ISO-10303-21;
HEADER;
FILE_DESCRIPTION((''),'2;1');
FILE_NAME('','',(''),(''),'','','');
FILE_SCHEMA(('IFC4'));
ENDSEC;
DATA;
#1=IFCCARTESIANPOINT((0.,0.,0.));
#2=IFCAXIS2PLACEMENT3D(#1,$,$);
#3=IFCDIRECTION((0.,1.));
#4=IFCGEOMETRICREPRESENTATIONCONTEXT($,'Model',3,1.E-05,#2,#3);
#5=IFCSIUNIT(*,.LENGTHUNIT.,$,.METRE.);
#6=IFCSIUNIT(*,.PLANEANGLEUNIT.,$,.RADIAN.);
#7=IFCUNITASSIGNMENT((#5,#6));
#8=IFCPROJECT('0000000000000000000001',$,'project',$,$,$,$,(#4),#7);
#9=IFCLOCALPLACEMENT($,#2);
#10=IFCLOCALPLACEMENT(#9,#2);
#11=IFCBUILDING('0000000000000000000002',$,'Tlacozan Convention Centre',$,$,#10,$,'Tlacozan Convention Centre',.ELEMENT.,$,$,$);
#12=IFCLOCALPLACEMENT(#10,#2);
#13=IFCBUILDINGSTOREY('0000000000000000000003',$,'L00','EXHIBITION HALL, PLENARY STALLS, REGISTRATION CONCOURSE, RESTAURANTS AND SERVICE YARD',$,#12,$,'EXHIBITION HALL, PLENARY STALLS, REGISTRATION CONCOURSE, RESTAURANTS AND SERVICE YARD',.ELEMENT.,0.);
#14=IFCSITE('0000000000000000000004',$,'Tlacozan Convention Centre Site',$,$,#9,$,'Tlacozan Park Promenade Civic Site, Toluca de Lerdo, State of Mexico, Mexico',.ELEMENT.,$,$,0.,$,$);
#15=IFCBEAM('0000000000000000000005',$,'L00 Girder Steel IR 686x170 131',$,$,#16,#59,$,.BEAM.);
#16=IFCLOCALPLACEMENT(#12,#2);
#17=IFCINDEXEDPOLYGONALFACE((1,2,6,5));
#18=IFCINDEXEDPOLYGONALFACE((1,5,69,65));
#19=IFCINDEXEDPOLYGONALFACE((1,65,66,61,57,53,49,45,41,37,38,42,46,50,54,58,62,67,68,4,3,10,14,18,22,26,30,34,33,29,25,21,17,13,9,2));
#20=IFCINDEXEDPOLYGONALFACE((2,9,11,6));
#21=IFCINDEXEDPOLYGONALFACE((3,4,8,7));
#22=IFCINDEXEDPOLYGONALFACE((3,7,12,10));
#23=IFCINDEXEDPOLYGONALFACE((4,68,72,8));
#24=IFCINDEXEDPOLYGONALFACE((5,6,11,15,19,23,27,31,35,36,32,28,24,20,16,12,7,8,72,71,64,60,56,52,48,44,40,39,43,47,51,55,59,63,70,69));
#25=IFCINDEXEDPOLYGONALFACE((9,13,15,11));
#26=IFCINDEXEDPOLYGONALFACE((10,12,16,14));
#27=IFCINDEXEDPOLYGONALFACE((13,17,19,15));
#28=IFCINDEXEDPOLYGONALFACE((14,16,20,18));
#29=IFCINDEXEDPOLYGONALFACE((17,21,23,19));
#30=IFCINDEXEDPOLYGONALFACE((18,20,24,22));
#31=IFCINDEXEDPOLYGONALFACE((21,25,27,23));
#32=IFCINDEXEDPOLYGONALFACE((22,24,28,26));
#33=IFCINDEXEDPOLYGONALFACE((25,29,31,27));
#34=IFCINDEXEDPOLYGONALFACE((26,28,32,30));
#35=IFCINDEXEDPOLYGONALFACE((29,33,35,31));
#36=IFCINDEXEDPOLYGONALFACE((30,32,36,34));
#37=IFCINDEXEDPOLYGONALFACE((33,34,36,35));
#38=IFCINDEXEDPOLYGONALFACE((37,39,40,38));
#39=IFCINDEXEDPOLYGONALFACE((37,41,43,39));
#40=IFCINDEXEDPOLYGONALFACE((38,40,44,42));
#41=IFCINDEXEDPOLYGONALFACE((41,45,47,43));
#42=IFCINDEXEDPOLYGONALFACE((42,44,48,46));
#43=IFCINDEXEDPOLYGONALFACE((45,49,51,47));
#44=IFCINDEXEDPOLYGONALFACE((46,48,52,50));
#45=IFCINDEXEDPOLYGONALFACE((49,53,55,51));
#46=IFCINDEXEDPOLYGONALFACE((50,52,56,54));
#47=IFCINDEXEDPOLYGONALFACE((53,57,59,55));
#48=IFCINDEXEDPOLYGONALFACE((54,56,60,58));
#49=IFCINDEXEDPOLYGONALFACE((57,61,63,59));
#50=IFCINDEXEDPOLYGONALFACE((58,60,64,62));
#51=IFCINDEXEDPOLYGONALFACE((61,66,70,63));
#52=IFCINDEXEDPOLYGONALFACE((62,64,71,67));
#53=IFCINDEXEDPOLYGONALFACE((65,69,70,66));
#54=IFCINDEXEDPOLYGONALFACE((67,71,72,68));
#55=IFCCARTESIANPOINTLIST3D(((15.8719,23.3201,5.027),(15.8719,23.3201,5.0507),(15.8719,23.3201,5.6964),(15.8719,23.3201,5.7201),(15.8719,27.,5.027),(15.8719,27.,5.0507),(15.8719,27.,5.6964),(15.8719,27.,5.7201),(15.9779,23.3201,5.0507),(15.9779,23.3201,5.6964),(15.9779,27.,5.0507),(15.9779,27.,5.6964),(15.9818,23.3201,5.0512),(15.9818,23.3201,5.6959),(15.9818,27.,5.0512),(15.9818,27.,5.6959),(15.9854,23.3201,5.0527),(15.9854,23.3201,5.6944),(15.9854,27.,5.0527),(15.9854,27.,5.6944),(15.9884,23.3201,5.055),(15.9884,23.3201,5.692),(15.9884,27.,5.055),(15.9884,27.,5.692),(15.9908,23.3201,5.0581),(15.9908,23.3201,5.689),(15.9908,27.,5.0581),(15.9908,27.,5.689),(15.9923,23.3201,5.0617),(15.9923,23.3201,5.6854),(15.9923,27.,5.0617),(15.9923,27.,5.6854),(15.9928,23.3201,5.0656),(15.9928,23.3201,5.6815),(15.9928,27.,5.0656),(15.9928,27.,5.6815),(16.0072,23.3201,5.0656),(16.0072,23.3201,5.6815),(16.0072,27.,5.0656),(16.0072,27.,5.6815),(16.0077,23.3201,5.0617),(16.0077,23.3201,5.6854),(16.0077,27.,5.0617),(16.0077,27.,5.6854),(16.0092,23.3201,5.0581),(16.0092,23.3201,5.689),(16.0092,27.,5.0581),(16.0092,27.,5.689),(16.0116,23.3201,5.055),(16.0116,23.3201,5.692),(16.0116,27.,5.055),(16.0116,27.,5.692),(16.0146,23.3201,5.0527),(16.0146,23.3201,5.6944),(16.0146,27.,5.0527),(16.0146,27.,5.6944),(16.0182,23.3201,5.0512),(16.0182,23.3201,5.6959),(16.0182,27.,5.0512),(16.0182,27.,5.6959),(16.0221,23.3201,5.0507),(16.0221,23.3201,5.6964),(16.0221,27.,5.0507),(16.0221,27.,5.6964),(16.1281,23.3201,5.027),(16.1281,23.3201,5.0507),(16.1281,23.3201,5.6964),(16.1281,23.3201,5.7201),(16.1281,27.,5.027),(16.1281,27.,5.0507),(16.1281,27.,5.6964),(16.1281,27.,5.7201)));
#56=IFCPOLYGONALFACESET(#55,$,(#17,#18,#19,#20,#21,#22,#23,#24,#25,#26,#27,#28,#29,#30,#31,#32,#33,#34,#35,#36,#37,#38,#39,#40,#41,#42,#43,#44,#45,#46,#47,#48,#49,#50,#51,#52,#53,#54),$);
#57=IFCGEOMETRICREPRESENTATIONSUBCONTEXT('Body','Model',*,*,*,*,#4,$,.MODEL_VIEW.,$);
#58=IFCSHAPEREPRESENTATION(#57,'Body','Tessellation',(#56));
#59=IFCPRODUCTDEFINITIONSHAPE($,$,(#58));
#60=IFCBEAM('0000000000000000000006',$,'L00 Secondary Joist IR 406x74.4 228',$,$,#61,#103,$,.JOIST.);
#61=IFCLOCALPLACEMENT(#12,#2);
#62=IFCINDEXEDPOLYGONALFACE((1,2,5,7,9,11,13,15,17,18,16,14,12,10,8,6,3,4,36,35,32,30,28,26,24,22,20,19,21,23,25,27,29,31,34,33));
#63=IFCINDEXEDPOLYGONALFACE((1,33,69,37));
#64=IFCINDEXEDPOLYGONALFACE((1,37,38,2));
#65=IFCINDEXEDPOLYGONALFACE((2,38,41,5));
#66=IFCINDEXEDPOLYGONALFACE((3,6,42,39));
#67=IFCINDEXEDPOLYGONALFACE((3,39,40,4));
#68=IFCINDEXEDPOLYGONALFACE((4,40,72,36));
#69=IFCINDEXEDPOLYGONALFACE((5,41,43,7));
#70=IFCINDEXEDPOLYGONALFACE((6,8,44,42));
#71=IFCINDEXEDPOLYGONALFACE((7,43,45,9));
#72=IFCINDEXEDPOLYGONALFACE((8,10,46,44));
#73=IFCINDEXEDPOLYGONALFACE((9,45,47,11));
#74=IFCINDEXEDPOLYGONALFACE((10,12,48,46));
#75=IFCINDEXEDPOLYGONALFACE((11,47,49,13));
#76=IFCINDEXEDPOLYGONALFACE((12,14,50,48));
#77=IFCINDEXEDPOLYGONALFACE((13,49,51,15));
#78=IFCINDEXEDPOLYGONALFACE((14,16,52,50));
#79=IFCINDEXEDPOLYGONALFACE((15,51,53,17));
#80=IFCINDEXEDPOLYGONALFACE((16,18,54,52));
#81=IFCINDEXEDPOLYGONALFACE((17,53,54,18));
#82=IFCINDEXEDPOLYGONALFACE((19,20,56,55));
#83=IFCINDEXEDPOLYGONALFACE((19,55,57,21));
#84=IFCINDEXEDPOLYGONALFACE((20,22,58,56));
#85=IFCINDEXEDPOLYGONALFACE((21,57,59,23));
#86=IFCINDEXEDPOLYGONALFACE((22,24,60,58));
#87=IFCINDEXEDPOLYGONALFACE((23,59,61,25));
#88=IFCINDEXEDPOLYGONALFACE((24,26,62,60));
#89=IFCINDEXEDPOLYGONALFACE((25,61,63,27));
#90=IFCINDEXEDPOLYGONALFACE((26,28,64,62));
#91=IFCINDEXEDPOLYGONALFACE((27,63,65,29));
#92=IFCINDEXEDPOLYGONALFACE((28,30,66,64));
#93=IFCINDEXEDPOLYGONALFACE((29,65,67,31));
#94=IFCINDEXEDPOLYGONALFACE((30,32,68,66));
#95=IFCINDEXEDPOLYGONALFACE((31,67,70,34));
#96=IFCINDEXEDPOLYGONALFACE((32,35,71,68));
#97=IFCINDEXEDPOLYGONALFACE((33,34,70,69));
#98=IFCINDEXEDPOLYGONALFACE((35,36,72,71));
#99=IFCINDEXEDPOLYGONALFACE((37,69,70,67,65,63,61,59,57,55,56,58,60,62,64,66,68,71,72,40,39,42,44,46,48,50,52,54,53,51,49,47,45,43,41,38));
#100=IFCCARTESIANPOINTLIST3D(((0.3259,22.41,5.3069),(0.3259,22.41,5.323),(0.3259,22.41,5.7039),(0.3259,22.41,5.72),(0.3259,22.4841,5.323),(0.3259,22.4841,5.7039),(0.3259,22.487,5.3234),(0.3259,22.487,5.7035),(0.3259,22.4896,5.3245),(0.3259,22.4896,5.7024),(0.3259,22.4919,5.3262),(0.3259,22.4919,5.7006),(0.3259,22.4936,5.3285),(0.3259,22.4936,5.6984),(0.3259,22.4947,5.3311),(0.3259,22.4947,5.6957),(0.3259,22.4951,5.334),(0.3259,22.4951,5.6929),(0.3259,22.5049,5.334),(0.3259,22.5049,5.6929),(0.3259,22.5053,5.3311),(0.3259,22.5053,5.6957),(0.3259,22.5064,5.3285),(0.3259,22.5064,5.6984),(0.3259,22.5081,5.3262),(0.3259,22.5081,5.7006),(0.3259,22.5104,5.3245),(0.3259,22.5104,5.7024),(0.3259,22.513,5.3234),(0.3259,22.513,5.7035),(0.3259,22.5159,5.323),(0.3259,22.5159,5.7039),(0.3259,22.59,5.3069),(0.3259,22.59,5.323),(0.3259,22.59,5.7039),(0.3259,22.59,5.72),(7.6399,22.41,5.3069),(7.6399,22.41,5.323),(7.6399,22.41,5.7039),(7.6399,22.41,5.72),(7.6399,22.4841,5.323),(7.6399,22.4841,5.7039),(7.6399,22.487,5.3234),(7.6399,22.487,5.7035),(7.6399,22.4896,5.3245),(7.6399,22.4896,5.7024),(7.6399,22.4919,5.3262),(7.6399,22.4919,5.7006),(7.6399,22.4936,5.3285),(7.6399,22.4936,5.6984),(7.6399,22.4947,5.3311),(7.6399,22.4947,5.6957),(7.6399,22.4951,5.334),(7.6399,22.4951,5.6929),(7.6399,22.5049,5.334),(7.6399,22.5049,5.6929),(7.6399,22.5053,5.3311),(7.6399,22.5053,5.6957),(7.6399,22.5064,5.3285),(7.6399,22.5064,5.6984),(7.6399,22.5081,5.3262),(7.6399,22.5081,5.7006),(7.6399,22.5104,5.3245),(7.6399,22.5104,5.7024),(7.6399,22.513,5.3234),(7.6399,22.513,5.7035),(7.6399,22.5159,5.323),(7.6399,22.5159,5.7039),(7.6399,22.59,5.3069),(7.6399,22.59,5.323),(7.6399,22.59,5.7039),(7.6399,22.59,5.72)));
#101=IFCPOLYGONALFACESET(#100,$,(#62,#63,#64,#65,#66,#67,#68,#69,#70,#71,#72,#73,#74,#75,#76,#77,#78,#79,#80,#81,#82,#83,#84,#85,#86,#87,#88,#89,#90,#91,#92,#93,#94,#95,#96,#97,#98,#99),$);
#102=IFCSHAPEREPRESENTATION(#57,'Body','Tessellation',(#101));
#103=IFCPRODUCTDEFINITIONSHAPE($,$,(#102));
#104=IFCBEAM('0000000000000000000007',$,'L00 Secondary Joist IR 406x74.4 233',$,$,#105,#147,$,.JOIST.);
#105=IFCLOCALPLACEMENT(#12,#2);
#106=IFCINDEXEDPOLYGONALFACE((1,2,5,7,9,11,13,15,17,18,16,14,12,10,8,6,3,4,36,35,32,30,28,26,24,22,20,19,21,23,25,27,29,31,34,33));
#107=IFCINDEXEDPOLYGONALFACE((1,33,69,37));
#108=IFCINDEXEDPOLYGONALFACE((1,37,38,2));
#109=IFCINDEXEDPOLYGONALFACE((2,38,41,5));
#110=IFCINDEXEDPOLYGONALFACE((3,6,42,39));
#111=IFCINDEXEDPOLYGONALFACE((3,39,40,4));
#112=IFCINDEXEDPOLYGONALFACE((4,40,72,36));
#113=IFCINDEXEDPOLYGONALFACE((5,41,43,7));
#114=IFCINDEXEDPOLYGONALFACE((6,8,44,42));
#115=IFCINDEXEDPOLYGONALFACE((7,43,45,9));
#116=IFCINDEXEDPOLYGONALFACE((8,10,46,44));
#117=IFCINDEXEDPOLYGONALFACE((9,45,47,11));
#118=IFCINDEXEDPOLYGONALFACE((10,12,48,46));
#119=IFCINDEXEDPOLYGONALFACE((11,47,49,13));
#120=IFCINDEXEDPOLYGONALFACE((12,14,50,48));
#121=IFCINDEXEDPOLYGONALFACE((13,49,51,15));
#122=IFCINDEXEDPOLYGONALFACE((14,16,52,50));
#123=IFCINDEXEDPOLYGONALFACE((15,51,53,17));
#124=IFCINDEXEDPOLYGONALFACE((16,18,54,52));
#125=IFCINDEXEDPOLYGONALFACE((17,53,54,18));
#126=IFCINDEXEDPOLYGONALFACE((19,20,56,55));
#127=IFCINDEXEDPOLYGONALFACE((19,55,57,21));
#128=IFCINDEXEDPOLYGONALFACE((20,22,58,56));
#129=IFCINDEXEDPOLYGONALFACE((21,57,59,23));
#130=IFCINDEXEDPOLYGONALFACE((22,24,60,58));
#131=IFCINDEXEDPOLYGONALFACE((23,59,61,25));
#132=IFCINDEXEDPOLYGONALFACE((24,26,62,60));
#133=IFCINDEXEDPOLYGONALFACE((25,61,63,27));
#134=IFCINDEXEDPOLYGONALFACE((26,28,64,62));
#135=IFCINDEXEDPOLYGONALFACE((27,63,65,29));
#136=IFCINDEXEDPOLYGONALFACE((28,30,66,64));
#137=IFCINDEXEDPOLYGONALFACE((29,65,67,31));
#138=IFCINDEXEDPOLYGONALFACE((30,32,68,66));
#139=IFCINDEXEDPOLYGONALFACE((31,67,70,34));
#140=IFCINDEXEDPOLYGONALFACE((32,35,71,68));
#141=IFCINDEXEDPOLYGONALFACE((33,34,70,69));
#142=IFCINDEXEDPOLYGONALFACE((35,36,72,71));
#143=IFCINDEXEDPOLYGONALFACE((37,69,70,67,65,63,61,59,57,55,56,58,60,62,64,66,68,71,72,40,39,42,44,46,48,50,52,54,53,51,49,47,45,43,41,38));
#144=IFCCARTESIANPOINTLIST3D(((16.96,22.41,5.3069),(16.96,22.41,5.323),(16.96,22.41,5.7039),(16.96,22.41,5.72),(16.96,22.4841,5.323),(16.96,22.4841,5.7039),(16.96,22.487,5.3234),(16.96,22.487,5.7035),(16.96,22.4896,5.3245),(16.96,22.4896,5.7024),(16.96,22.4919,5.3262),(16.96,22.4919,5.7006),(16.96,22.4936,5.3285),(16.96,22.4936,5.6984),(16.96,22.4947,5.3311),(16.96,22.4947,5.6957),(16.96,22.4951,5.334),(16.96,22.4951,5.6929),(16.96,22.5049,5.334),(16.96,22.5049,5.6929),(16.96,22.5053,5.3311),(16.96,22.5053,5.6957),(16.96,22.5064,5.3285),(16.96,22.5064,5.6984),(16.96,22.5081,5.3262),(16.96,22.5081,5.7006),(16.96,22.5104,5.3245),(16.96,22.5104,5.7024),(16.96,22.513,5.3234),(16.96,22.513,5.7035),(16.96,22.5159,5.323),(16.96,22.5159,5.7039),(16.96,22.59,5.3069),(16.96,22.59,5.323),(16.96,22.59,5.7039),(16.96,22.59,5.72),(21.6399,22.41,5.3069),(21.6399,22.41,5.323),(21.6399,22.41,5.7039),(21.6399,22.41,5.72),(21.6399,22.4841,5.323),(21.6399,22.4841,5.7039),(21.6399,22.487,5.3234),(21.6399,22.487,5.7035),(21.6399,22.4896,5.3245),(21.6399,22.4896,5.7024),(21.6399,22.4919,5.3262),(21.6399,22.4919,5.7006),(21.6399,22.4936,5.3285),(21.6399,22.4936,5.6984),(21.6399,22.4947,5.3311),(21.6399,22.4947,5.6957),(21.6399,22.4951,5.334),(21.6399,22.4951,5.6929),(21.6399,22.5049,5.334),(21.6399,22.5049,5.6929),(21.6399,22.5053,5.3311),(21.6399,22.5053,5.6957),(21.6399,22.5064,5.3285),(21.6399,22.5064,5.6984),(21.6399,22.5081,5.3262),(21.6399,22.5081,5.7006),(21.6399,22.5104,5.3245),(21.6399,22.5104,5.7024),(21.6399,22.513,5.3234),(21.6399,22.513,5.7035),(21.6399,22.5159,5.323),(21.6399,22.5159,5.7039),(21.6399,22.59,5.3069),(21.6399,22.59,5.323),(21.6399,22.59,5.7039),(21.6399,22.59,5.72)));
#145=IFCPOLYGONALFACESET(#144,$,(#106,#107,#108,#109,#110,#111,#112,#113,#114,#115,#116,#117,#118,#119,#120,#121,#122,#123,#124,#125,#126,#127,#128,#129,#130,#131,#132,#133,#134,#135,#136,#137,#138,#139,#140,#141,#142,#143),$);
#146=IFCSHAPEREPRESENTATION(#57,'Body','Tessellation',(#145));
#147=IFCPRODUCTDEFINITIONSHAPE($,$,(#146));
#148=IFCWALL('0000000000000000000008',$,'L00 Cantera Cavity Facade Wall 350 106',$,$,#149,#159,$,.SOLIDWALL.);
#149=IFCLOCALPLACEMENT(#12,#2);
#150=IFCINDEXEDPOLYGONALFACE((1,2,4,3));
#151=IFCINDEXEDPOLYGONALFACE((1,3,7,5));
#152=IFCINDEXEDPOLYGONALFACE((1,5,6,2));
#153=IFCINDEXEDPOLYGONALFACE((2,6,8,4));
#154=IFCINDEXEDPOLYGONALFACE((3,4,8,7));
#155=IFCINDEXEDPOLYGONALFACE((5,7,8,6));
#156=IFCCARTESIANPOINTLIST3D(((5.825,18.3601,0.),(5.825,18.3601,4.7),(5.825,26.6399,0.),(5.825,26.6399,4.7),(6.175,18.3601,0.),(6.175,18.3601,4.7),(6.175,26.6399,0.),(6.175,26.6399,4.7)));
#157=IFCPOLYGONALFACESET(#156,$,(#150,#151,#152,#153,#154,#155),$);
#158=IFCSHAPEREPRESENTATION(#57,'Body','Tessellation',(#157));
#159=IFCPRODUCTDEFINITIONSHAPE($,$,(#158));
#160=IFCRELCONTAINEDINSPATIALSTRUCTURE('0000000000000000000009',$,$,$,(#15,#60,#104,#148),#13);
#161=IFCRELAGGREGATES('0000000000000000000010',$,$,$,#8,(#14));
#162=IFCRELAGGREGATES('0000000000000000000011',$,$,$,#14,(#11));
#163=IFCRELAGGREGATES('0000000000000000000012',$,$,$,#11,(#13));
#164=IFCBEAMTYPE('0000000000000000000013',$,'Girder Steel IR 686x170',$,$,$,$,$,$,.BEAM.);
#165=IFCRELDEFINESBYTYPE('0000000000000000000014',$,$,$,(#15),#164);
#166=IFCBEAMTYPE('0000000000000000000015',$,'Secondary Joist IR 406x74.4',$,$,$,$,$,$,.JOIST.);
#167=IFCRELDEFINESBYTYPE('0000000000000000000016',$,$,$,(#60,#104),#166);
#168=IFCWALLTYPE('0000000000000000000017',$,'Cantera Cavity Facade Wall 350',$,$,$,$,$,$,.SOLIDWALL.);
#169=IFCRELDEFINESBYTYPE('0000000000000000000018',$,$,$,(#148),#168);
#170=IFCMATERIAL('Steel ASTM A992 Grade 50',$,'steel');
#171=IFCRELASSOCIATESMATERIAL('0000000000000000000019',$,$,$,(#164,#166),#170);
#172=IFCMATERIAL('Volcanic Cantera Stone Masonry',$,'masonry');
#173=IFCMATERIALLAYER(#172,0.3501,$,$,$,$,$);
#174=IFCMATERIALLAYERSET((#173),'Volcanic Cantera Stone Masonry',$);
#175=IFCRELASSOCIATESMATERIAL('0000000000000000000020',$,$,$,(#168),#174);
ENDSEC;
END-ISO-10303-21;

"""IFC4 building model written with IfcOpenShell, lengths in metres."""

from ifc_helpers import new_model, si_unit, direction, frame, frame_2d, origin, origin_2d, place, context, subcontext, project, spatial, rectangle, i_section, extrude, material, layer, layer_set, material_profile, profile_set, type_object, element, save


model = new_model("IFC4")

# Units and contexts
model_context = context("Model", 3, precision=1e-05, world=origin(), true_north=direction((0.0, 1.0)))
body_context = subcontext(model_context, "Body", "Model", "MODEL_VIEW")
ifc_project = project(units=[si_unit("LENGTHUNIT", "METRE"), si_unit("PLANEANGLEUNIT", "RADIAN")], contexts=[model_context])

# Site, building, storey
site_placement = place(None, origin())
site = spatial("IfcSite", under=ifc_project, at=site_placement, Name="Tlacozan Convention Centre Site", LongName="Tlacozan Park Promenade Civic Site, Toluca de Lerdo, State of Mexico, Mexico", CompositionType="ELEMENT", RefElevation=0.0)
building_placement = place(site_placement, origin())
building = spatial("IfcBuilding", under=site, at=building_placement, Name="Tlacozan Convention Centre", LongName="Tlacozan Convention Centre", CompositionType="ELEMENT")
storey_placement = place(building_placement, origin())
storey = spatial("IfcBuildingStorey", under=building, at=storey_placement, Name="L00", Description="EXHIBITION HALL, PLENARY STALLS, REGISTRATION CONCOURSE, RESTAURANTS AND SERVICE YARD", LongName="EXHIBITION HALL, PLENARY STALLS, REGISTRATION CONCOURSE, RESTAURANTS AND SERVICE YARD", CompositionType="ELEMENT", Elevation=0.0)

# Beams
ifc_material_1 = material(Name="Steel ASTM A992 Grade 50", Category="steel")
ifc_material_profile_1 = material_profile(ifc_material_1, i_section(OverallWidth=0.2561, OverallDepth=0.6931, WebThickness=0.0144, FlangeThickness=0.0237, FilletRadius=0.0149, at=origin_2d()), Name="IR 686x170.0")
ifc_profile_set_1 = profile_set([ifc_material_profile_1], Name="Steel ASTM A992 Grade 50")
beam_type_1 = type_object("IfcBeamType", Name="Girder Steel IR 686x170", PredefinedType="BEAM", material=ifc_profile_set_1)
for number, where, z_axis, x_axis, name in (
    (1, (16.0, 23.3201, 5.3735), (0.0, 1.0, 0.0), (-1.0, 0.0, 0.0), "L00 Girder Steel IR 686x170 131"),
):
    element("IfcBeam", number, at=place(storey_placement, frame(where, z_axis=z_axis, x_axis=x_axis)), inside=storey, type_object=beam_type_1, Name=name, PredefinedType="BEAM", context=body_context, shape_type="SweptSolid", body=[
        extrude(i_section(OverallWidth=0.2561, OverallDepth=0.6931, WebThickness=0.0144, FlangeThickness=0.0237, FilletRadius=0.0149, at=origin_2d()), origin(), (0.0, 0.0, 1.0), 3.6799),
    ])
ifc_material_profile_2 = material_profile(ifc_material_1, i_section(OverallWidth=0.1799, OverallDepth=0.4131, WebThickness=0.0098, FlangeThickness=0.0161, FilletRadius=0.011, at=origin_2d()), Name="IR 406x74.4")
ifc_profile_set_2 = profile_set([ifc_material_profile_2], Name="Steel ASTM A992 Grade 50")
beam_type_2 = type_object("IfcBeamType", Name="Secondary Joist IR 406x74.4", PredefinedType="JOIST", material=ifc_profile_set_2)
beam_1_placement = place(storey_placement, frame((0.3259, 22.5, 5.5134), z_axis=(1.0, 0.0, 0.0), x_axis=(0.0, 1.0, 0.0)))
element("IfcBeam", 2, at=beam_1_placement, inside=storey, type_object=beam_type_2, Name="L00 Secondary Joist IR 406x74.4 228", PredefinedType="JOIST", context=body_context, shape_type="SweptSolid", body=[
    extrude(i_section(OverallWidth=0.1799, OverallDepth=0.4131, WebThickness=0.0098, FlangeThickness=0.0161, FilletRadius=0.011, at=origin_2d()), origin(), (0.0, 0.0, 1.0), 7.314),
])
beam_2_placement = place(storey_placement, frame((16.96, 22.5, 5.5134), z_axis=(1.0, 0.0, 0.0), x_axis=(0.0, 1.0, 0.0)))
element("IfcBeam", 3, at=beam_2_placement, inside=storey, type_object=beam_type_2, Name="L00 Secondary Joist IR 406x74.4 233", PredefinedType="JOIST", context=body_context, shape_type="SweptSolid", body=[
    extrude(i_section(OverallWidth=0.1799, OverallDepth=0.4131, WebThickness=0.0098, FlangeThickness=0.0161, FilletRadius=0.011, at=origin_2d()), origin(), (0.0, 0.0, 1.0), 4.6799),
])

# Wall
ifc_material_2 = material(Name="Volcanic Cantera Stone Masonry", Category="masonry")
ifc_layer_1 = layer(ifc_material_2, 0.3501)
ifc_layer_set_1 = layer_set([ifc_layer_1], Name="Volcanic Cantera Stone Masonry")
wall_type_1 = type_object("IfcWallType", Name="Cantera Cavity Facade Wall 350", PredefinedType="SOLIDWALL", material=ifc_layer_set_1)
wall_1_placement = place(storey_placement, frame((6.0, 18.3601, 0.0), z_axis=(0.0, 0.0, 1.0), x_axis=(0.0, 1.0, 0.0)))
element("IfcWall", 4, at=wall_1_placement, inside=storey, type_object=wall_type_1, Name="L00 Cantera Cavity Facade Wall 350 106", PredefinedType="SOLIDWALL", context=body_context, shape_type="SweptSolid", body=[
    extrude(rectangle(XDim=8.2798, YDim=0.3501, at=frame_2d((4.1399, 0.0))), origin(), (0.0, 0.0, 1.0), 4.7),
])

save(model, "model.ifc")
